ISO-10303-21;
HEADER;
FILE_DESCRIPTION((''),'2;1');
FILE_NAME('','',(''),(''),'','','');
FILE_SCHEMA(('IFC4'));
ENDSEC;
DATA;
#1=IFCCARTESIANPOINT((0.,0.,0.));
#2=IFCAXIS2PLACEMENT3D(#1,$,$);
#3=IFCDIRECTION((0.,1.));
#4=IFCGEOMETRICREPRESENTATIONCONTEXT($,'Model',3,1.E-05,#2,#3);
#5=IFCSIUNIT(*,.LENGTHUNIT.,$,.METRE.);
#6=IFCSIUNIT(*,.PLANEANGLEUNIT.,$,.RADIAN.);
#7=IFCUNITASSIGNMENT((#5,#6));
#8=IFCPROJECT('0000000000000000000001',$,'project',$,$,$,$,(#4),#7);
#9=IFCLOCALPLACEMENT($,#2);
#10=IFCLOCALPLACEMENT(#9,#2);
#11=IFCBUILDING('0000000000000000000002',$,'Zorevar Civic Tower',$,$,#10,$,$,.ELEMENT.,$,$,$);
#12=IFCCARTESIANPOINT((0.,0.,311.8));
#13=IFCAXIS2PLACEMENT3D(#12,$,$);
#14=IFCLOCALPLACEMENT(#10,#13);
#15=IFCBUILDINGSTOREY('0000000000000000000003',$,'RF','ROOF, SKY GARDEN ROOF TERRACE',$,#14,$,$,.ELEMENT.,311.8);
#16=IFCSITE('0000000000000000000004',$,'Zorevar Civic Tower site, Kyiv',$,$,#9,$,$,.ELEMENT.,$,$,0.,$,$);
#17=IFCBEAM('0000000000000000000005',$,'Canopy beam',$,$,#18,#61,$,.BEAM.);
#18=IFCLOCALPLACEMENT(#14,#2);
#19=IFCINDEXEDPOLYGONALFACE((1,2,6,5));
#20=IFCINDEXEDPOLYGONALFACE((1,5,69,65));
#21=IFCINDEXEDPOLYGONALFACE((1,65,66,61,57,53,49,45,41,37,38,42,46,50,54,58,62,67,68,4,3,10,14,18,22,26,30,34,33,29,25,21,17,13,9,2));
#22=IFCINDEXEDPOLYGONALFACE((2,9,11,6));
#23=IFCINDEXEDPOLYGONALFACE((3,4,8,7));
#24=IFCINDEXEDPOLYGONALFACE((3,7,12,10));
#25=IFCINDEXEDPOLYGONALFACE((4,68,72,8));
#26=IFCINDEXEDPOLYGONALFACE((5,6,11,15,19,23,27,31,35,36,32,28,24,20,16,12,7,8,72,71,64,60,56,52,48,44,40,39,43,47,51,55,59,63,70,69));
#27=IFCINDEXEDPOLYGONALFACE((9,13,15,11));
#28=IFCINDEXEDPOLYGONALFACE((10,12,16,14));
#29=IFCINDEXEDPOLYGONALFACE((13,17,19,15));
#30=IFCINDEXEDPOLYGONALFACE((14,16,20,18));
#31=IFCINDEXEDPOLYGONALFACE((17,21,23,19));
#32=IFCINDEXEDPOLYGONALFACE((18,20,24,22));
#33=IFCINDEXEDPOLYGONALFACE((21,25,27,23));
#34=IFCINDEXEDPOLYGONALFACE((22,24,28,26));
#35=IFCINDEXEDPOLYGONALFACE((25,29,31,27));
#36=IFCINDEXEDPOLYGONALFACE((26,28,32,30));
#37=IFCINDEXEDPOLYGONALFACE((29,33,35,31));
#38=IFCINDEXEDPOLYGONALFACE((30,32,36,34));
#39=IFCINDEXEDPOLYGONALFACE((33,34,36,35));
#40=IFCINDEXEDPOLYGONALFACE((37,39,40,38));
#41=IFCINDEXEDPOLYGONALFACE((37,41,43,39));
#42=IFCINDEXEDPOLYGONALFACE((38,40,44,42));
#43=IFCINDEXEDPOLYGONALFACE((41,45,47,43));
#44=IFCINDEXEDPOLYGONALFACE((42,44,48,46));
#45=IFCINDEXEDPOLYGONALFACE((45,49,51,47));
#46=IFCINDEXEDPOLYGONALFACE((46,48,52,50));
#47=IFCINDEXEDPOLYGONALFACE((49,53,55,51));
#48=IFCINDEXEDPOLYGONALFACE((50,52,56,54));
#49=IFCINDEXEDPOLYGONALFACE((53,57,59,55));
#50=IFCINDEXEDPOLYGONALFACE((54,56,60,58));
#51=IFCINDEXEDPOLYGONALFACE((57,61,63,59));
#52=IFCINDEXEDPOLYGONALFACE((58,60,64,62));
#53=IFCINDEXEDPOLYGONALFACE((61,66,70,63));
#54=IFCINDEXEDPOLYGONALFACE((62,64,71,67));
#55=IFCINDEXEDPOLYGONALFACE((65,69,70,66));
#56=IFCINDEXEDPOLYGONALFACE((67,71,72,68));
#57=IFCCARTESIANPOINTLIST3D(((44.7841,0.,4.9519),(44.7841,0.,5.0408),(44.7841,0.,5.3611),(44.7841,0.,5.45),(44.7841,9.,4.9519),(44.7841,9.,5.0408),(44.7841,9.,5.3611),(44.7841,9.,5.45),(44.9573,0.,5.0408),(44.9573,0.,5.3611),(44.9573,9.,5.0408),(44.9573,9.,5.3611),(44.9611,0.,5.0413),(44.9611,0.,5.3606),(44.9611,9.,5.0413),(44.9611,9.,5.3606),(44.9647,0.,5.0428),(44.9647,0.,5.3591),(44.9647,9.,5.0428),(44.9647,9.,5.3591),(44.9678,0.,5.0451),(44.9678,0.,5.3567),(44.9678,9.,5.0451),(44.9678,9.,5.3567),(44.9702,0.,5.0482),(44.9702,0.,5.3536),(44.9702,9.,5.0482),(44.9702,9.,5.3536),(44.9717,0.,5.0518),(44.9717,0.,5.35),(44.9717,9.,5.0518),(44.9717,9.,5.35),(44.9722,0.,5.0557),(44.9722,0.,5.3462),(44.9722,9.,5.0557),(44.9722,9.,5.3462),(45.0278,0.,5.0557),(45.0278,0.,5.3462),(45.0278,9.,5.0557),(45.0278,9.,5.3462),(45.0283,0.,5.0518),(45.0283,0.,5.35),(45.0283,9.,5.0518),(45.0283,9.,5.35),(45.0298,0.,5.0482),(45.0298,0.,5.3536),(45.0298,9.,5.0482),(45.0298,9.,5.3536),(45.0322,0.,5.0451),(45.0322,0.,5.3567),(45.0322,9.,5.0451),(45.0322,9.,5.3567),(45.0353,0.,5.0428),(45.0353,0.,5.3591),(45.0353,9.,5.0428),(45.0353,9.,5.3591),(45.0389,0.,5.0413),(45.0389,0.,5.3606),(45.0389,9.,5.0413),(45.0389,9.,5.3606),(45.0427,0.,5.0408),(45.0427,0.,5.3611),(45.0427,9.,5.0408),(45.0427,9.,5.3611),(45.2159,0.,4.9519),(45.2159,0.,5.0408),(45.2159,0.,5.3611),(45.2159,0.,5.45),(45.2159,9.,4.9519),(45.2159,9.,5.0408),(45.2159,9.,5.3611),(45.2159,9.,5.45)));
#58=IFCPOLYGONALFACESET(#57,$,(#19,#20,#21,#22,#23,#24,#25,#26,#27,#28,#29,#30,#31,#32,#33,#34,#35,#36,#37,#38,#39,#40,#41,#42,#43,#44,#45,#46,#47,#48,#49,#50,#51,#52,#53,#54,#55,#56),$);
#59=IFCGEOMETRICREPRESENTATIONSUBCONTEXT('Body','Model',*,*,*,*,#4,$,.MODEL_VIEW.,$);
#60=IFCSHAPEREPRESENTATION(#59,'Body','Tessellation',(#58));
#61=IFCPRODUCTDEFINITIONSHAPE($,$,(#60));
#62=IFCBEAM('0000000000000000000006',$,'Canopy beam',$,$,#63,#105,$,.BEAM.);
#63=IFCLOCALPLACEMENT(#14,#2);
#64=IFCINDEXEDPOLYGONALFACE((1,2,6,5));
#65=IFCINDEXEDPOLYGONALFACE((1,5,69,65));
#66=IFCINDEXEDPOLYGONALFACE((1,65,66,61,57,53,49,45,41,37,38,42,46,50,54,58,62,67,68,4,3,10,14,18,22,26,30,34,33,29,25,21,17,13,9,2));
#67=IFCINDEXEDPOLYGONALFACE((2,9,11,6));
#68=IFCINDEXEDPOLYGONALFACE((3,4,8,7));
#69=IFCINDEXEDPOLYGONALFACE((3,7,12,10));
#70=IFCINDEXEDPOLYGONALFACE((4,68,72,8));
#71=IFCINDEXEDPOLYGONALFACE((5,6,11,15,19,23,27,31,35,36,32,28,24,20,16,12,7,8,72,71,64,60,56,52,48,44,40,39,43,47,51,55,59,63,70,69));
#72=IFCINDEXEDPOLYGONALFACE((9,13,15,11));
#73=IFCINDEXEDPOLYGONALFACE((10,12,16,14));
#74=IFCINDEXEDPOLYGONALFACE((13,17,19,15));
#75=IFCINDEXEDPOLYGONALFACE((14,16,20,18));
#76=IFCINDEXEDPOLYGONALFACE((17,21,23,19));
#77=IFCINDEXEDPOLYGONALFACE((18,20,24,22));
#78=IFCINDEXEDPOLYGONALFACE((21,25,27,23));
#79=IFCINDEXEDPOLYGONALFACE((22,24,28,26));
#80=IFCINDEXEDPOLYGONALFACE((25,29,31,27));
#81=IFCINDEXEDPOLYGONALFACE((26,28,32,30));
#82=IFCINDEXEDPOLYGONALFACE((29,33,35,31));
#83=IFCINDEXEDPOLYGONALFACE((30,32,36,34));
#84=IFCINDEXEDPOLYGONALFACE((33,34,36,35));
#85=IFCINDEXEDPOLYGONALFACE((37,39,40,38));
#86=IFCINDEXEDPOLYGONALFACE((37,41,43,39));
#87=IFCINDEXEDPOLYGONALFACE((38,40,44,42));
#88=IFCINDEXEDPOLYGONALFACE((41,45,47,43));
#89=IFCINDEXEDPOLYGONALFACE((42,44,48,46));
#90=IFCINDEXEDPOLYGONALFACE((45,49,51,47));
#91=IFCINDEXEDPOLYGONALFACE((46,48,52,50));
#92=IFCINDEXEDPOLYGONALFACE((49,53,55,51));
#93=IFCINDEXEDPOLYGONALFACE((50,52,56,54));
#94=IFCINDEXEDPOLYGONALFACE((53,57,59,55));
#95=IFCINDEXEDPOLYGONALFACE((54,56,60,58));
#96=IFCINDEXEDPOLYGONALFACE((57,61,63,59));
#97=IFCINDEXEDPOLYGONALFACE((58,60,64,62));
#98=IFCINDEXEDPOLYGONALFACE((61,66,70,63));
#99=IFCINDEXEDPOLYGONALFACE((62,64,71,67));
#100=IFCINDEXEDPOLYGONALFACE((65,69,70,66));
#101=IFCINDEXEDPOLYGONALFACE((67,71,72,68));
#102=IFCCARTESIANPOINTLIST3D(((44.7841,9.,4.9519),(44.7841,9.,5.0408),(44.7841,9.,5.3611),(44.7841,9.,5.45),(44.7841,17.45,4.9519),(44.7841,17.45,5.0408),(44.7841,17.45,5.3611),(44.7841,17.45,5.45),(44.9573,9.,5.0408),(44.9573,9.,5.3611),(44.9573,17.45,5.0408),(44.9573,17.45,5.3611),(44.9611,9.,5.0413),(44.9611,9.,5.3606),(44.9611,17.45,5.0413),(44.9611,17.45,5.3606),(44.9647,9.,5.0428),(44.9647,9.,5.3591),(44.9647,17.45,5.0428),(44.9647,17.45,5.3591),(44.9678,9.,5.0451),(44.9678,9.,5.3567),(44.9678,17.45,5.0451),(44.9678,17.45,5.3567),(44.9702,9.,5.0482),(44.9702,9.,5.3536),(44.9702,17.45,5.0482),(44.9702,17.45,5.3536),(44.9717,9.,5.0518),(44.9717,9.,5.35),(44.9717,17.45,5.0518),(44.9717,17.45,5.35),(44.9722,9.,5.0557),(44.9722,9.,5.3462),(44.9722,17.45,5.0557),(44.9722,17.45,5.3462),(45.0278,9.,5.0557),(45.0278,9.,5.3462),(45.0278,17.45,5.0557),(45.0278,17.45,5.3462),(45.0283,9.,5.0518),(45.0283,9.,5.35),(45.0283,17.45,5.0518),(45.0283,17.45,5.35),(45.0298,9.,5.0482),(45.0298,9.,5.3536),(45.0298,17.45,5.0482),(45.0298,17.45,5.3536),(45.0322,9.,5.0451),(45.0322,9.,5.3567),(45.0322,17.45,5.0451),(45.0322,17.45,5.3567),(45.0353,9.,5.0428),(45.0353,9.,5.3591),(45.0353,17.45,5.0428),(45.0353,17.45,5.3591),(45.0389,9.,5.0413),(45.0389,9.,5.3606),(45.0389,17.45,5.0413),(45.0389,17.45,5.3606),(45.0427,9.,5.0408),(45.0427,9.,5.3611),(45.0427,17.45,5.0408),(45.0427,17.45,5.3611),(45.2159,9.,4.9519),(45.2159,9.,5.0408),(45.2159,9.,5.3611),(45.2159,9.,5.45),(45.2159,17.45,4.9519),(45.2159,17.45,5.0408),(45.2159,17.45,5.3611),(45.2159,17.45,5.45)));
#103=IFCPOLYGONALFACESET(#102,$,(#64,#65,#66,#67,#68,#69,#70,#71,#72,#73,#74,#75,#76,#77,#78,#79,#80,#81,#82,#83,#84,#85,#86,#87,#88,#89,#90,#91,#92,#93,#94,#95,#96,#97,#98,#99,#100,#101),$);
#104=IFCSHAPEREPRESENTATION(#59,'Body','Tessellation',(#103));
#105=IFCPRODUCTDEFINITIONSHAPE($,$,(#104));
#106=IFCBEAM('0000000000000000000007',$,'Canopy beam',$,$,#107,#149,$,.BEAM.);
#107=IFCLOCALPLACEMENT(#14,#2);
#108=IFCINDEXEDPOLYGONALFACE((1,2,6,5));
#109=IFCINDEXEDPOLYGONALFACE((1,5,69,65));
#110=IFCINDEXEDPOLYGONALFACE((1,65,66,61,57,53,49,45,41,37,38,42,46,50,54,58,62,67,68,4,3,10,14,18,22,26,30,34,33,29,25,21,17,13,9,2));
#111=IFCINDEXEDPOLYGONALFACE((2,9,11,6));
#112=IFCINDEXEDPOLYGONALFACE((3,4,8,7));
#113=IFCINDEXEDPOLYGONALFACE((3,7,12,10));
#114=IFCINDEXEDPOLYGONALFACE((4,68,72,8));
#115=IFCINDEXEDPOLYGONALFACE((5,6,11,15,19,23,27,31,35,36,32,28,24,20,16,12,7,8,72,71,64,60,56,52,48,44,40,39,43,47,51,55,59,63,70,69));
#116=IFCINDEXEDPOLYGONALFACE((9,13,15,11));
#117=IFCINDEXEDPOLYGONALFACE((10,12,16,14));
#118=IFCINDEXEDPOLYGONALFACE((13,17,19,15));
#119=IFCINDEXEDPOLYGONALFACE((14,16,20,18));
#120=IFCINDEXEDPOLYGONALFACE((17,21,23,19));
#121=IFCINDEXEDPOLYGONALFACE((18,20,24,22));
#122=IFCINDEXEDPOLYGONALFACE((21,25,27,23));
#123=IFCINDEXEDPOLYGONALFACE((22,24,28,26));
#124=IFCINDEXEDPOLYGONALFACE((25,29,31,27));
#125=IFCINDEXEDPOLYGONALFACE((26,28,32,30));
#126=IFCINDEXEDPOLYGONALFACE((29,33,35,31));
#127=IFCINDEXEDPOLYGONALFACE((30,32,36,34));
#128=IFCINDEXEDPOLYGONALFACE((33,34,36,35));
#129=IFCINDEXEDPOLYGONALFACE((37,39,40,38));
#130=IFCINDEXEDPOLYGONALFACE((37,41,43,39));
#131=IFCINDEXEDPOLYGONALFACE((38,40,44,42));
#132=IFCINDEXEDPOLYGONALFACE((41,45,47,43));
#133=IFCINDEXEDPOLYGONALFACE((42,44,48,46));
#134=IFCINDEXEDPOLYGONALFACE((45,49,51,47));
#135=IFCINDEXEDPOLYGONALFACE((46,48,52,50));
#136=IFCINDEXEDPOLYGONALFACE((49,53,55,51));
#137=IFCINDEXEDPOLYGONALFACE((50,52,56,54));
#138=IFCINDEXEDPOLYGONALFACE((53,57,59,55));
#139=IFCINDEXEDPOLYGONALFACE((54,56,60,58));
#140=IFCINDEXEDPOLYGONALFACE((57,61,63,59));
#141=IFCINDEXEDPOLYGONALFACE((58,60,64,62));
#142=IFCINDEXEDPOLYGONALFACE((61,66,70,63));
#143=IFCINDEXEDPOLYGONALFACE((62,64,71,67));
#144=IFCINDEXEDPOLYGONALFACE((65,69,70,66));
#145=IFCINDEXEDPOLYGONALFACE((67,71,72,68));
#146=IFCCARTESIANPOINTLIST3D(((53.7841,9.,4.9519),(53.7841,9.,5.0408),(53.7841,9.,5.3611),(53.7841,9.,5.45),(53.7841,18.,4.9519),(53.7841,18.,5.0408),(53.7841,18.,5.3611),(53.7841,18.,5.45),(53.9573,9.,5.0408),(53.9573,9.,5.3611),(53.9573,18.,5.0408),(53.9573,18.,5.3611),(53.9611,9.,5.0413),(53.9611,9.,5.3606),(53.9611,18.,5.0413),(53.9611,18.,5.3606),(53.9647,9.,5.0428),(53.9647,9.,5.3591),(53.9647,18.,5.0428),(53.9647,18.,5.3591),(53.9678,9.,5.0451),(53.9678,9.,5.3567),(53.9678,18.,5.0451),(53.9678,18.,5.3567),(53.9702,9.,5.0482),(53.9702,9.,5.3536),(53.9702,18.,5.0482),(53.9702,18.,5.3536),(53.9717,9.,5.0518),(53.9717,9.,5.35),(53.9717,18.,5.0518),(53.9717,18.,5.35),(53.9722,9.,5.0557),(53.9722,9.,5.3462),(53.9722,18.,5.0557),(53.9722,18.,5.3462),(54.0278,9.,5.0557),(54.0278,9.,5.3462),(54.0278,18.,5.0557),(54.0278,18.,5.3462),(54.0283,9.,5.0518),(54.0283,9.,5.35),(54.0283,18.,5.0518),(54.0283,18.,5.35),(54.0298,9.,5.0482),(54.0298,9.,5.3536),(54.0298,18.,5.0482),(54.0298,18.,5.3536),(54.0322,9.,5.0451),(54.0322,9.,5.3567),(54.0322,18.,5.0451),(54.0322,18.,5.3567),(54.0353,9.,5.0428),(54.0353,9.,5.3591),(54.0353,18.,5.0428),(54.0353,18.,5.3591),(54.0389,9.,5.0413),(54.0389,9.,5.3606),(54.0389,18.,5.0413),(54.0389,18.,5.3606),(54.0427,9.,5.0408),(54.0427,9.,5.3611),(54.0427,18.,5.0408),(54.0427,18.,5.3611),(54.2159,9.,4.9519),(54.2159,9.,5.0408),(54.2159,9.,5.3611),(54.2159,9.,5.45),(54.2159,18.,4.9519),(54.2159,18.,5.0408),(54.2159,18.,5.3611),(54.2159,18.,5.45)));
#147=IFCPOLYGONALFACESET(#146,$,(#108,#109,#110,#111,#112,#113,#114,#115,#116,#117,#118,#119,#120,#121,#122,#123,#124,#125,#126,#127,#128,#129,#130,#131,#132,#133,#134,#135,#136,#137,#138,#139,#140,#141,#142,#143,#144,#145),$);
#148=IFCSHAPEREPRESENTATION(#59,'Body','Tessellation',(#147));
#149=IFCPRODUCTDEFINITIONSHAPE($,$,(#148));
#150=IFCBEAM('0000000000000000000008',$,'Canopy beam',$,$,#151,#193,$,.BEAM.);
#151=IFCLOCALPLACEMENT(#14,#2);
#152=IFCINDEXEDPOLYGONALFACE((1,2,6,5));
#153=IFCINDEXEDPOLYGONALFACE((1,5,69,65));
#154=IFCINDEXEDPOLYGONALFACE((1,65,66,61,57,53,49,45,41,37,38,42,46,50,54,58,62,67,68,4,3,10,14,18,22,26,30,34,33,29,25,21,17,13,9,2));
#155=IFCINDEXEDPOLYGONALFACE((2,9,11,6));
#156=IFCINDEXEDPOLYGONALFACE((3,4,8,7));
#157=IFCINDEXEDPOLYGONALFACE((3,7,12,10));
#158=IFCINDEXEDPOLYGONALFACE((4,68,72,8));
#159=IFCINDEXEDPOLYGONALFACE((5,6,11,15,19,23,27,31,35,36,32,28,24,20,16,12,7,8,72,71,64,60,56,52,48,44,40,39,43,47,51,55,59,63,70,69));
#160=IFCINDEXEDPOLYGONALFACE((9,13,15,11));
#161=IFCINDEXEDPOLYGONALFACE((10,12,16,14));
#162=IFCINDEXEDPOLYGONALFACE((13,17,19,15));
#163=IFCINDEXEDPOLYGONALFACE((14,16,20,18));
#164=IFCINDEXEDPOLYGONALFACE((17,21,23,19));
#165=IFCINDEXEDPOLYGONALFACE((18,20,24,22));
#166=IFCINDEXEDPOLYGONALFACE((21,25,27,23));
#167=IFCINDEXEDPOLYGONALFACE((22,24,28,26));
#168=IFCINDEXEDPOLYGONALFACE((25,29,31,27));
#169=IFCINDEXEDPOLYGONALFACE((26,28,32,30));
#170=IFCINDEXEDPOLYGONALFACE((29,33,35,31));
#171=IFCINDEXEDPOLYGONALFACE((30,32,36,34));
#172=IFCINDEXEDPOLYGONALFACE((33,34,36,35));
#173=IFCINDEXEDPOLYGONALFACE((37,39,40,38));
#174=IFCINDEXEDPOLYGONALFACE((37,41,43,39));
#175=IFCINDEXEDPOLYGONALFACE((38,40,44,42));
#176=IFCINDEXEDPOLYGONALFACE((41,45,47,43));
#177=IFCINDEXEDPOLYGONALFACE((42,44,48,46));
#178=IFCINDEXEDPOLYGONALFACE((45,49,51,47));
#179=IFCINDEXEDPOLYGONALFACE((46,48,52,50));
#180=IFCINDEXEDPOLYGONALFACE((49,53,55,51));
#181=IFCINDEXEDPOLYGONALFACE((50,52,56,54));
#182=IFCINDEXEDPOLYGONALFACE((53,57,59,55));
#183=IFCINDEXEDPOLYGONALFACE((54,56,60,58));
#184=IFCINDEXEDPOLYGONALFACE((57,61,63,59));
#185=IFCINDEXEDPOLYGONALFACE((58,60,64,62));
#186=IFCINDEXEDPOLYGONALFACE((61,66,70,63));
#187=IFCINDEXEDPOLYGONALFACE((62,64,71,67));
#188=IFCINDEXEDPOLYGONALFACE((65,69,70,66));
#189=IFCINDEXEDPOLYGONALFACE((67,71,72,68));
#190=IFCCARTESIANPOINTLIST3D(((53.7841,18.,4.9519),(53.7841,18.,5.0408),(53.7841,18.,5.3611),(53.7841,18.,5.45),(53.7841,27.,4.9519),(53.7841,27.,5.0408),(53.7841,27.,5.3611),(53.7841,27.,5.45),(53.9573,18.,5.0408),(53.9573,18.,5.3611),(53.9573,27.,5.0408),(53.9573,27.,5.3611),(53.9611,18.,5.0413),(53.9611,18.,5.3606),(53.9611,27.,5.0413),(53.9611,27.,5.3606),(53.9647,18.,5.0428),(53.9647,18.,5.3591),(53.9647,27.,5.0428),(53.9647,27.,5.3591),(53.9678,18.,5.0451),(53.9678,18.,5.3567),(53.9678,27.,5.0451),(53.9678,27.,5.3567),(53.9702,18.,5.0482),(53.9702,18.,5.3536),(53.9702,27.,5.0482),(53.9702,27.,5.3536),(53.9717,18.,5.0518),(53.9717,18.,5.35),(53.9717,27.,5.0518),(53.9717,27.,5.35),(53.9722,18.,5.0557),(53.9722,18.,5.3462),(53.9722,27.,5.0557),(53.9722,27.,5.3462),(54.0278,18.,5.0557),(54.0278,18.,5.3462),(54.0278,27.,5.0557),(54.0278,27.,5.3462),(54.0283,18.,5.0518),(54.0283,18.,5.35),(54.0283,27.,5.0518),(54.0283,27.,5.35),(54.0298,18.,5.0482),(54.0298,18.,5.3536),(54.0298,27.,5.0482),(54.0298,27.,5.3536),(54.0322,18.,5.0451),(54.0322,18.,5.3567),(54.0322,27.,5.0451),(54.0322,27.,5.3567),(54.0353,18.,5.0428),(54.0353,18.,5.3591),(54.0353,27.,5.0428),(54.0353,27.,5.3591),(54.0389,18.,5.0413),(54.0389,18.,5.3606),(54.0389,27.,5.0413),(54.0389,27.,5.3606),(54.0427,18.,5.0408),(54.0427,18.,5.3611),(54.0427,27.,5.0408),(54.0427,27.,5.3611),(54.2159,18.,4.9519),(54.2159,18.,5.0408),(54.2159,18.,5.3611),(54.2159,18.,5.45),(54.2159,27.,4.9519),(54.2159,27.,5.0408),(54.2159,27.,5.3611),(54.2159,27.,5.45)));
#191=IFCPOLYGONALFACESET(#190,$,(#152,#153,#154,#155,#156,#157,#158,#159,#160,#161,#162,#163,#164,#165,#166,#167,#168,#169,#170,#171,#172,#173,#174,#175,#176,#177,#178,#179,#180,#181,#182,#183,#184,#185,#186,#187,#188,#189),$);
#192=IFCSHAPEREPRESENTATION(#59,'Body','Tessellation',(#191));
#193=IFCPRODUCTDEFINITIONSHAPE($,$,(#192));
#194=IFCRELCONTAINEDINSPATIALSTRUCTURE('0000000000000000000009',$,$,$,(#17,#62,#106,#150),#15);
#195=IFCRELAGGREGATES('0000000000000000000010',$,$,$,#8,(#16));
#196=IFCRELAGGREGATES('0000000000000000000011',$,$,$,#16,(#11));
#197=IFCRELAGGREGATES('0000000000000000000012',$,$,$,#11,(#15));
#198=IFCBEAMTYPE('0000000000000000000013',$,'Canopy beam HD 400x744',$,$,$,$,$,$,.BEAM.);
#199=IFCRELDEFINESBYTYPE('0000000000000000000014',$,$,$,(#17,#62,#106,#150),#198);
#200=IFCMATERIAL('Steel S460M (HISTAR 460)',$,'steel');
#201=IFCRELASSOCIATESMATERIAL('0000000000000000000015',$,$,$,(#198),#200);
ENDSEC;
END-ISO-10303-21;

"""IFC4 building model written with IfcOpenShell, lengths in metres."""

from ifc_helpers import new_model, si_unit, direction, frame, origin, origin_2d, place, context, subcontext, project, spatial, i_section, extrude, material, material_profile, profile_set, type_object, element, save


model = new_model("IFC4")

# Units and contexts
model_context = context("Model", 3, precision=1e-05, world=origin(), true_north=direction((0.0, 1.0)))
body_context = subcontext(model_context, "Body", "Model", "MODEL_VIEW")
ifc_project = project(units=[si_unit("LENGTHUNIT", "METRE"), si_unit("PLANEANGLEUNIT", "RADIAN")], contexts=[model_context])

# Site, building, storey
site_placement = place(None, origin())
site = spatial("IfcSite", under=ifc_project, at=site_placement, Name="Zorevar Civic Tower site, Kyiv", CompositionType="ELEMENT", RefElevation=0.0)
building_placement = place(site_placement, origin())
building = spatial("IfcBuilding", under=site, at=building_placement, Name="Zorevar Civic Tower", CompositionType="ELEMENT")
storey_placement = place(building_placement, frame((0.0, 0.0, 311.8)))
storey = spatial("IfcBuildingStorey", under=building, at=storey_placement, Name="RF", Description="ROOF, SKY GARDEN ROOF TERRACE", CompositionType="ELEMENT", Elevation=311.8)

# Beams
ifc_material_1 = material(Name="Steel S460M (HISTAR 460)", Category="steel")
ifc_material_profile_1 = material_profile(ifc_material_1, i_section(OverallWidth=0.4319, OverallDepth=0.498, WebThickness=0.0557, FlangeThickness=0.0889, FilletRadius=0.0149, at=origin_2d()), Name="HD 400x744")
ifc_profile_set_1 = profile_set([ifc_material_profile_1], Name="Steel S460M (HISTAR 460)")
beam_type_1 = type_object("IfcBeamType", Name="Canopy beam HD 400x744", PredefinedType="BEAM", material=ifc_profile_set_1)
beam_1_placement = place(storey_placement, frame((45.0, 0.0, 5.2009), z_axis=(0.0, 1.0, 0.0), x_axis=(-1.0, 0.0, 0.0)))
element("IfcBeam", 1, at=beam_1_placement, inside=storey, type_object=beam_type_1, Name="Canopy beam", PredefinedType="BEAM", context=body_context, shape_type="SweptSolid", body=[
    extrude(i_section(OverallWidth=0.4319, OverallDepth=0.498, WebThickness=0.0557, FlangeThickness=0.0889, FilletRadius=0.0149, at=origin_2d()), origin(), (0.0, 0.0, 1.0), 9.0),
])
beam_2_placement = place(storey_placement, frame((45.0, 9.0, 5.2009), z_axis=(0.0, 1.0, 0.0), x_axis=(-1.0, 0.0, 0.0)))
element("IfcBeam", 2, at=beam_2_placement, inside=storey, type_object=beam_type_1, Name="Canopy beam", PredefinedType="BEAM", context=body_context, shape_type="SweptSolid", body=[
    extrude(i_section(OverallWidth=0.4319, OverallDepth=0.498, WebThickness=0.0557, FlangeThickness=0.0889, FilletRadius=0.0149, at=origin_2d()), origin(), (0.0, 0.0, 1.0), 8.45),
])
for number, where, z_axis, x_axis, name in (
    (3, (54.0, 9.0, 5.2009), (0.0, 1.0, 0.0), (-1.0, 0.0, 0.0), "Canopy beam"),
    (4, (54.0, 18.0, 5.2009), (0.0, 1.0, 0.0), (-1.0, 0.0, 0.0), "Canopy beam"),
):
    element("IfcBeam", number, at=place(storey_placement, frame(where, z_axis=z_axis, x_axis=x_axis)), inside=storey, type_object=beam_type_1, Name=name, PredefinedType="BEAM", context=body_context, shape_type="SweptSolid", body=[
        extrude(i_section(OverallWidth=0.4319, OverallDepth=0.498, WebThickness=0.0557, FlangeThickness=0.0889, FilletRadius=0.0149, at=origin_2d()), origin(), (0.0, 0.0, 1.0), 9.0),
    ])

save(model, "model.ifc")
